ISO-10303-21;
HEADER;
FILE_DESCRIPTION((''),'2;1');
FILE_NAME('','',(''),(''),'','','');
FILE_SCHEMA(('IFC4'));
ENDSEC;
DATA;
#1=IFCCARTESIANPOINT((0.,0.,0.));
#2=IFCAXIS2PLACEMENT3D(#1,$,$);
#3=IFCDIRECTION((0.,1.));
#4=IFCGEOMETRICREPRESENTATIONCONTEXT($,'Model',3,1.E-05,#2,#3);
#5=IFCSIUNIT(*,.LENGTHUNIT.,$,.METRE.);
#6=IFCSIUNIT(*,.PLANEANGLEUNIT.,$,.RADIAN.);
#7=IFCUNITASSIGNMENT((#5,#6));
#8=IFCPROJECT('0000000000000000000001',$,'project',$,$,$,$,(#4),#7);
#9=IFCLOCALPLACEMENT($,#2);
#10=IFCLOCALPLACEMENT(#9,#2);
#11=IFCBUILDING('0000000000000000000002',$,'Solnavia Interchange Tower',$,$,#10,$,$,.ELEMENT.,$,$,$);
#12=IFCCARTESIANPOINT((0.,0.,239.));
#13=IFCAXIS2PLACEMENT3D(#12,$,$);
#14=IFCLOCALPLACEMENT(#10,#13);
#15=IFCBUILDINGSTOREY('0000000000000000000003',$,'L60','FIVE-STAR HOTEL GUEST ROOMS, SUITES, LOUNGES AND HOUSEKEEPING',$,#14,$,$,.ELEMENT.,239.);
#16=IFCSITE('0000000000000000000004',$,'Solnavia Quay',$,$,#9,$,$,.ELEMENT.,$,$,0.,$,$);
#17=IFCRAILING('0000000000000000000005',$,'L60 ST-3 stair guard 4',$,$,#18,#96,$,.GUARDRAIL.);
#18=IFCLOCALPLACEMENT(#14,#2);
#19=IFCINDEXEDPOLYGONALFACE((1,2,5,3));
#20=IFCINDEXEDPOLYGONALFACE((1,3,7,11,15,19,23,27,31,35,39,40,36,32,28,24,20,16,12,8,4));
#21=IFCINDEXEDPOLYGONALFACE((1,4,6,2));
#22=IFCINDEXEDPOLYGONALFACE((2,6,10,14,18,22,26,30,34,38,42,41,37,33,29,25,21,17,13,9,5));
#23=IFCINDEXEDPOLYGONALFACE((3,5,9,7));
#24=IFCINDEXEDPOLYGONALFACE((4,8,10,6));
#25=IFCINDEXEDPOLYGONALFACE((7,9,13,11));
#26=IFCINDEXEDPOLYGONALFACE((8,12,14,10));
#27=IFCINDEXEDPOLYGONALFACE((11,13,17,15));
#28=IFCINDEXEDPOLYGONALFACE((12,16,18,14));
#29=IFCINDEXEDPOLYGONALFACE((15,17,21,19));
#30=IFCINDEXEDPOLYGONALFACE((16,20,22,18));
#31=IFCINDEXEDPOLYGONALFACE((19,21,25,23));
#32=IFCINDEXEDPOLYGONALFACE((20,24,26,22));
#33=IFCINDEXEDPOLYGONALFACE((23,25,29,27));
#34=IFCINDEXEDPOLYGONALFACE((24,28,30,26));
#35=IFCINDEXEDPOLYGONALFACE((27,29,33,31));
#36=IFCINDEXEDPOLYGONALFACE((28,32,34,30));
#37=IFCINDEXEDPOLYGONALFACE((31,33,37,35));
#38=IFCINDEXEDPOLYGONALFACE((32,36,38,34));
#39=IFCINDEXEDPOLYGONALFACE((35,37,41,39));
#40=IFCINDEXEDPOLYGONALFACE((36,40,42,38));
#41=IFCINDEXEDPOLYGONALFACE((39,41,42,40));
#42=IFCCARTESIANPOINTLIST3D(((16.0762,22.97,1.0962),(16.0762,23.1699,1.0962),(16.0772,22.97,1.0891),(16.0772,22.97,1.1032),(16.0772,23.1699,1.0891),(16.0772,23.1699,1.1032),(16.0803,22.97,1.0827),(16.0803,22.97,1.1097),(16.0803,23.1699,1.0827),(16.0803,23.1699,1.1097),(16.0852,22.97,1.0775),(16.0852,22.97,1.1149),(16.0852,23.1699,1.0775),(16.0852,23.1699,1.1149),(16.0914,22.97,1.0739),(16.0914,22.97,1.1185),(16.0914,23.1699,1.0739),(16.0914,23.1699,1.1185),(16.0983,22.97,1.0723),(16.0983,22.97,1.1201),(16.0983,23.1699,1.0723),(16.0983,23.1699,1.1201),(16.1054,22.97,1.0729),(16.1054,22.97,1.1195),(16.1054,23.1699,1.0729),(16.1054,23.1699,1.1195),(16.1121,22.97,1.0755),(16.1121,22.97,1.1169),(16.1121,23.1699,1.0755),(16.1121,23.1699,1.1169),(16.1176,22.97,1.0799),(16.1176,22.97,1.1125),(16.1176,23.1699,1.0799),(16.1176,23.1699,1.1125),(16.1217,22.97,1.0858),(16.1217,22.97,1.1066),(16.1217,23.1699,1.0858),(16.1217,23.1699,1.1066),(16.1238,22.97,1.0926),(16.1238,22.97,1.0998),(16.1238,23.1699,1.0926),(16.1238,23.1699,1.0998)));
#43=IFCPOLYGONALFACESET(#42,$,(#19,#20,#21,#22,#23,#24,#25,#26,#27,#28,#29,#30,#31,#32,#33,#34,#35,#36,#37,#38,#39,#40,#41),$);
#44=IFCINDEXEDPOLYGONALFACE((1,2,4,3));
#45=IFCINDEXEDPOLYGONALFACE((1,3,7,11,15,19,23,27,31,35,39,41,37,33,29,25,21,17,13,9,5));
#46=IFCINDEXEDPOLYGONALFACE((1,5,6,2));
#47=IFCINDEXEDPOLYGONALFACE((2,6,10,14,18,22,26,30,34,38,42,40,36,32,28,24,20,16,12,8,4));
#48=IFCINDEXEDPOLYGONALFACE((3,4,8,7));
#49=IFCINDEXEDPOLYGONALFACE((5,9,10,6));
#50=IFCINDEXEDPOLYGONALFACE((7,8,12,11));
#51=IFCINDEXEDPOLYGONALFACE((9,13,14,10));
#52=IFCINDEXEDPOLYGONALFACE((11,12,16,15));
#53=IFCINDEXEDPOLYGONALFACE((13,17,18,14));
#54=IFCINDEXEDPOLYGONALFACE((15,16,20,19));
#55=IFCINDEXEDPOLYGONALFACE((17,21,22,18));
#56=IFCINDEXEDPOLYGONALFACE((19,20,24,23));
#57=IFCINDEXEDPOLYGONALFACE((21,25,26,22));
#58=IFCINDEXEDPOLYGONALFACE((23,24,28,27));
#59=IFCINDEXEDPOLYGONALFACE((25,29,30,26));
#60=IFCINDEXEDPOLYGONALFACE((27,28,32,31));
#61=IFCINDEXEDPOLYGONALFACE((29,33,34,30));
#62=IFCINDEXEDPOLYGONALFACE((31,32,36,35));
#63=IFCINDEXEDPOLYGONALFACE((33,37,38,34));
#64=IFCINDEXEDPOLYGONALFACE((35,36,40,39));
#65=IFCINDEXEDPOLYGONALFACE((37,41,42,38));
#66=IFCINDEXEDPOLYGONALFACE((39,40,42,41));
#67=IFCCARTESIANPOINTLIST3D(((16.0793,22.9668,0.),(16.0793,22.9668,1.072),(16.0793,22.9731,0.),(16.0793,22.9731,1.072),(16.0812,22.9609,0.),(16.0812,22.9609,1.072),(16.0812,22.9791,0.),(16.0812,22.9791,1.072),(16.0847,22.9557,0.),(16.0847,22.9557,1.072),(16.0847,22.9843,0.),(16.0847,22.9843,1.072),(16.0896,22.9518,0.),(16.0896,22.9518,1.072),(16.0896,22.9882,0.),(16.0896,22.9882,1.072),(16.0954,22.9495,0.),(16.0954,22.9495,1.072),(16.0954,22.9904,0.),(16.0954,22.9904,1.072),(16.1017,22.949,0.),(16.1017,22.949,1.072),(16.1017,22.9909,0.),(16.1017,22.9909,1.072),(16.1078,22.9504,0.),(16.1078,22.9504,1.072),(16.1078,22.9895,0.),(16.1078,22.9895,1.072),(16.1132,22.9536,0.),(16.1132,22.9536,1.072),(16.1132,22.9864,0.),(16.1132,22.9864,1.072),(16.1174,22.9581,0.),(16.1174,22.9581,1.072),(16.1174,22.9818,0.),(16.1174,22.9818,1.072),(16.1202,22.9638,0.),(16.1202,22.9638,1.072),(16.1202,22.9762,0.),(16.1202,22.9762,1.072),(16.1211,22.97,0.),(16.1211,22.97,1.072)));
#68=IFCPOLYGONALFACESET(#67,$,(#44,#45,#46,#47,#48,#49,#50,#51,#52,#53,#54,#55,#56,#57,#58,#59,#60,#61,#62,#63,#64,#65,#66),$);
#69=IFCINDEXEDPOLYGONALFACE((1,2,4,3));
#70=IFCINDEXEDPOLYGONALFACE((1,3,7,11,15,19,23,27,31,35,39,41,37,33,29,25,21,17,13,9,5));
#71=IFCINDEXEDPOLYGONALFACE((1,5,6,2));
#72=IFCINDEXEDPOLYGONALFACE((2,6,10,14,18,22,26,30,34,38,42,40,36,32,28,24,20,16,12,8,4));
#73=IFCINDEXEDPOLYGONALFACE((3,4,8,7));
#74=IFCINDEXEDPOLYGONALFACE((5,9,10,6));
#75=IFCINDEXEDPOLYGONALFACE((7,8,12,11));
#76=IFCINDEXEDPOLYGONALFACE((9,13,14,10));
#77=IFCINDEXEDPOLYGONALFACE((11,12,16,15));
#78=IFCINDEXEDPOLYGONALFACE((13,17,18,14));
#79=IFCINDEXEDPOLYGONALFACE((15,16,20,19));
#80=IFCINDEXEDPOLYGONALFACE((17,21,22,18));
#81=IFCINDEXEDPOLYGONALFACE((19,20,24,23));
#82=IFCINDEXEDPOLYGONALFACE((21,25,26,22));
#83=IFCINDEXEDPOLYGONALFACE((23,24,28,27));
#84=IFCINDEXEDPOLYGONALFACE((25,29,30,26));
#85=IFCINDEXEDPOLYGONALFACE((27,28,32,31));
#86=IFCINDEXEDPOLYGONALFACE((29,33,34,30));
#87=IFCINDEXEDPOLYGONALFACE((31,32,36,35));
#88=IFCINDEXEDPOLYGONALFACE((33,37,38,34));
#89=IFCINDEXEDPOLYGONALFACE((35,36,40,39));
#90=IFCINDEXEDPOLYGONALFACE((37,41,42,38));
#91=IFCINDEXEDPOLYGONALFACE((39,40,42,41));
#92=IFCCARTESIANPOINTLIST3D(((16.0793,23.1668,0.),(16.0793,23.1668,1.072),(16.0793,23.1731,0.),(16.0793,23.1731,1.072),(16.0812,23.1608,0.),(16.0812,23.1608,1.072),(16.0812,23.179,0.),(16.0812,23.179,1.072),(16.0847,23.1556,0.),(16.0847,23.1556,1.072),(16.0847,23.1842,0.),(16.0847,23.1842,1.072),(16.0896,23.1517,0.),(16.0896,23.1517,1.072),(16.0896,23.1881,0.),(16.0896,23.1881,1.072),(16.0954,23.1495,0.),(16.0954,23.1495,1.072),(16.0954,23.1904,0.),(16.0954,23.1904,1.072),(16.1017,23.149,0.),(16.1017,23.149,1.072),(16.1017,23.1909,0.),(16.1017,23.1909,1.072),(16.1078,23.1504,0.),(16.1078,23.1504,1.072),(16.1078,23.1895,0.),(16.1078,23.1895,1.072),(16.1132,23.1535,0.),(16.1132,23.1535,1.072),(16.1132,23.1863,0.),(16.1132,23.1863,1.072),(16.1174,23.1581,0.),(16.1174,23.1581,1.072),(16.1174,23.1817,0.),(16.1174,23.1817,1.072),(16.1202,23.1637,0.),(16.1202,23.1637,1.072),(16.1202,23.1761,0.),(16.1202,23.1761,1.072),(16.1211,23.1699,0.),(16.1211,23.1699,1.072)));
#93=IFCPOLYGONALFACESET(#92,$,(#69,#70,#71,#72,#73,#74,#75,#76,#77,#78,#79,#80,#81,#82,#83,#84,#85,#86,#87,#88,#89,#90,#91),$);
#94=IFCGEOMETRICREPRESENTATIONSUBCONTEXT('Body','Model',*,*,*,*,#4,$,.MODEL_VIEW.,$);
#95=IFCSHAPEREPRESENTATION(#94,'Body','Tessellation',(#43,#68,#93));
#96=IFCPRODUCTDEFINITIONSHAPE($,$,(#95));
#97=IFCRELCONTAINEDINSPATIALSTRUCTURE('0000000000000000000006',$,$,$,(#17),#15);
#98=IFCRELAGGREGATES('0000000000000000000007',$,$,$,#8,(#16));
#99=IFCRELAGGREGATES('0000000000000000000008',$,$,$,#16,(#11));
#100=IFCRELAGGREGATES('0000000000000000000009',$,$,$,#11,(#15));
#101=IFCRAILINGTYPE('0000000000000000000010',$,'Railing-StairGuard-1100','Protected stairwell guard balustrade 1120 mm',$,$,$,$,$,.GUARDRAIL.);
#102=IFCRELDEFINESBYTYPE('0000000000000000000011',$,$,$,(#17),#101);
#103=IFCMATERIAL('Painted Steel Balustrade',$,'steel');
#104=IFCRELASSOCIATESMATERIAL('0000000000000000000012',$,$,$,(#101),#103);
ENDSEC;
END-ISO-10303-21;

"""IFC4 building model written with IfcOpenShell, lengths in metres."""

from ifc_helpers import new_model, si_unit, direction, frame, origin, origin_2d, place, context, subcontext, project, spatial, circle, extrude, material, type_object, element, save


model = new_model("IFC4")

# Units and contexts
model_context = context("Model", 3, precision=1e-05, world=origin(), true_north=direction((0.0, 1.0)))
body_context = subcontext(model_context, "Body", "Model", "MODEL_VIEW")
ifc_project = project(units=[si_unit("LENGTHUNIT", "METRE"), si_unit("PLANEANGLEUNIT", "RADIAN")], contexts=[model_context])

# Site, building, storey
site_placement = place(None, origin())
site = spatial("IfcSite", under=ifc_project, at=site_placement, Name="Solnavia Quay", CompositionType="ELEMENT", RefElevation=0.0)
building_placement = place(site_placement, origin())
building = spatial("IfcBuilding", under=site, at=building_placement, Name="Solnavia Interchange Tower", CompositionType="ELEMENT")
storey_placement = place(building_placement, frame((0.0, 0.0, 239.0)))
storey = spatial("IfcBuildingStorey", under=building, at=storey_placement, Name="L60", Description="FIVE-STAR HOTEL GUEST ROOMS, SUITES, LOUNGES AND HOUSEKEEPING", CompositionType="ELEMENT", Elevation=239.0)

# Railing
ifc_material_1 = material(Name="Painted Steel Balustrade", Category="steel")
railing_type_1 = type_object("IfcRailingType", Name="Railing-StairGuard-1100", Description="Protected stairwell guard balustrade 1120 mm", PredefinedType="GUARDRAIL", material=ifc_material_1)
railing_1_placement = place(storey_placement, frame((16.1001, 22.97, 0.0)))
element("IfcRailing", 1, at=railing_1_placement, inside=storey, type_object=railing_type_1, Name="L60 ST-3 stair guard 4", PredefinedType="GUARDRAIL", context=body_context, shape_type="SweptSolid", body=[
    extrude(circle(Radius=0.0239, at=origin_2d()), frame((0.0, 0.0, 1.0962), z_axis=(0.0, 1.0, 0.0), x_axis=(-1.0, 0.0, 0.0)), (0.0, 0.0, 1.0), 0.2),
    extrude(circle(Radius=0.021, at=origin_2d()), origin(), (0.0, 0.0, 1.0), 1.072),
    extrude(circle(Radius=0.021, at=origin_2d()), frame((0.0, 0.2, 0.0)), (0.0, 0.0, 1.0), 1.072),
])

save(model, "model.ifc")
